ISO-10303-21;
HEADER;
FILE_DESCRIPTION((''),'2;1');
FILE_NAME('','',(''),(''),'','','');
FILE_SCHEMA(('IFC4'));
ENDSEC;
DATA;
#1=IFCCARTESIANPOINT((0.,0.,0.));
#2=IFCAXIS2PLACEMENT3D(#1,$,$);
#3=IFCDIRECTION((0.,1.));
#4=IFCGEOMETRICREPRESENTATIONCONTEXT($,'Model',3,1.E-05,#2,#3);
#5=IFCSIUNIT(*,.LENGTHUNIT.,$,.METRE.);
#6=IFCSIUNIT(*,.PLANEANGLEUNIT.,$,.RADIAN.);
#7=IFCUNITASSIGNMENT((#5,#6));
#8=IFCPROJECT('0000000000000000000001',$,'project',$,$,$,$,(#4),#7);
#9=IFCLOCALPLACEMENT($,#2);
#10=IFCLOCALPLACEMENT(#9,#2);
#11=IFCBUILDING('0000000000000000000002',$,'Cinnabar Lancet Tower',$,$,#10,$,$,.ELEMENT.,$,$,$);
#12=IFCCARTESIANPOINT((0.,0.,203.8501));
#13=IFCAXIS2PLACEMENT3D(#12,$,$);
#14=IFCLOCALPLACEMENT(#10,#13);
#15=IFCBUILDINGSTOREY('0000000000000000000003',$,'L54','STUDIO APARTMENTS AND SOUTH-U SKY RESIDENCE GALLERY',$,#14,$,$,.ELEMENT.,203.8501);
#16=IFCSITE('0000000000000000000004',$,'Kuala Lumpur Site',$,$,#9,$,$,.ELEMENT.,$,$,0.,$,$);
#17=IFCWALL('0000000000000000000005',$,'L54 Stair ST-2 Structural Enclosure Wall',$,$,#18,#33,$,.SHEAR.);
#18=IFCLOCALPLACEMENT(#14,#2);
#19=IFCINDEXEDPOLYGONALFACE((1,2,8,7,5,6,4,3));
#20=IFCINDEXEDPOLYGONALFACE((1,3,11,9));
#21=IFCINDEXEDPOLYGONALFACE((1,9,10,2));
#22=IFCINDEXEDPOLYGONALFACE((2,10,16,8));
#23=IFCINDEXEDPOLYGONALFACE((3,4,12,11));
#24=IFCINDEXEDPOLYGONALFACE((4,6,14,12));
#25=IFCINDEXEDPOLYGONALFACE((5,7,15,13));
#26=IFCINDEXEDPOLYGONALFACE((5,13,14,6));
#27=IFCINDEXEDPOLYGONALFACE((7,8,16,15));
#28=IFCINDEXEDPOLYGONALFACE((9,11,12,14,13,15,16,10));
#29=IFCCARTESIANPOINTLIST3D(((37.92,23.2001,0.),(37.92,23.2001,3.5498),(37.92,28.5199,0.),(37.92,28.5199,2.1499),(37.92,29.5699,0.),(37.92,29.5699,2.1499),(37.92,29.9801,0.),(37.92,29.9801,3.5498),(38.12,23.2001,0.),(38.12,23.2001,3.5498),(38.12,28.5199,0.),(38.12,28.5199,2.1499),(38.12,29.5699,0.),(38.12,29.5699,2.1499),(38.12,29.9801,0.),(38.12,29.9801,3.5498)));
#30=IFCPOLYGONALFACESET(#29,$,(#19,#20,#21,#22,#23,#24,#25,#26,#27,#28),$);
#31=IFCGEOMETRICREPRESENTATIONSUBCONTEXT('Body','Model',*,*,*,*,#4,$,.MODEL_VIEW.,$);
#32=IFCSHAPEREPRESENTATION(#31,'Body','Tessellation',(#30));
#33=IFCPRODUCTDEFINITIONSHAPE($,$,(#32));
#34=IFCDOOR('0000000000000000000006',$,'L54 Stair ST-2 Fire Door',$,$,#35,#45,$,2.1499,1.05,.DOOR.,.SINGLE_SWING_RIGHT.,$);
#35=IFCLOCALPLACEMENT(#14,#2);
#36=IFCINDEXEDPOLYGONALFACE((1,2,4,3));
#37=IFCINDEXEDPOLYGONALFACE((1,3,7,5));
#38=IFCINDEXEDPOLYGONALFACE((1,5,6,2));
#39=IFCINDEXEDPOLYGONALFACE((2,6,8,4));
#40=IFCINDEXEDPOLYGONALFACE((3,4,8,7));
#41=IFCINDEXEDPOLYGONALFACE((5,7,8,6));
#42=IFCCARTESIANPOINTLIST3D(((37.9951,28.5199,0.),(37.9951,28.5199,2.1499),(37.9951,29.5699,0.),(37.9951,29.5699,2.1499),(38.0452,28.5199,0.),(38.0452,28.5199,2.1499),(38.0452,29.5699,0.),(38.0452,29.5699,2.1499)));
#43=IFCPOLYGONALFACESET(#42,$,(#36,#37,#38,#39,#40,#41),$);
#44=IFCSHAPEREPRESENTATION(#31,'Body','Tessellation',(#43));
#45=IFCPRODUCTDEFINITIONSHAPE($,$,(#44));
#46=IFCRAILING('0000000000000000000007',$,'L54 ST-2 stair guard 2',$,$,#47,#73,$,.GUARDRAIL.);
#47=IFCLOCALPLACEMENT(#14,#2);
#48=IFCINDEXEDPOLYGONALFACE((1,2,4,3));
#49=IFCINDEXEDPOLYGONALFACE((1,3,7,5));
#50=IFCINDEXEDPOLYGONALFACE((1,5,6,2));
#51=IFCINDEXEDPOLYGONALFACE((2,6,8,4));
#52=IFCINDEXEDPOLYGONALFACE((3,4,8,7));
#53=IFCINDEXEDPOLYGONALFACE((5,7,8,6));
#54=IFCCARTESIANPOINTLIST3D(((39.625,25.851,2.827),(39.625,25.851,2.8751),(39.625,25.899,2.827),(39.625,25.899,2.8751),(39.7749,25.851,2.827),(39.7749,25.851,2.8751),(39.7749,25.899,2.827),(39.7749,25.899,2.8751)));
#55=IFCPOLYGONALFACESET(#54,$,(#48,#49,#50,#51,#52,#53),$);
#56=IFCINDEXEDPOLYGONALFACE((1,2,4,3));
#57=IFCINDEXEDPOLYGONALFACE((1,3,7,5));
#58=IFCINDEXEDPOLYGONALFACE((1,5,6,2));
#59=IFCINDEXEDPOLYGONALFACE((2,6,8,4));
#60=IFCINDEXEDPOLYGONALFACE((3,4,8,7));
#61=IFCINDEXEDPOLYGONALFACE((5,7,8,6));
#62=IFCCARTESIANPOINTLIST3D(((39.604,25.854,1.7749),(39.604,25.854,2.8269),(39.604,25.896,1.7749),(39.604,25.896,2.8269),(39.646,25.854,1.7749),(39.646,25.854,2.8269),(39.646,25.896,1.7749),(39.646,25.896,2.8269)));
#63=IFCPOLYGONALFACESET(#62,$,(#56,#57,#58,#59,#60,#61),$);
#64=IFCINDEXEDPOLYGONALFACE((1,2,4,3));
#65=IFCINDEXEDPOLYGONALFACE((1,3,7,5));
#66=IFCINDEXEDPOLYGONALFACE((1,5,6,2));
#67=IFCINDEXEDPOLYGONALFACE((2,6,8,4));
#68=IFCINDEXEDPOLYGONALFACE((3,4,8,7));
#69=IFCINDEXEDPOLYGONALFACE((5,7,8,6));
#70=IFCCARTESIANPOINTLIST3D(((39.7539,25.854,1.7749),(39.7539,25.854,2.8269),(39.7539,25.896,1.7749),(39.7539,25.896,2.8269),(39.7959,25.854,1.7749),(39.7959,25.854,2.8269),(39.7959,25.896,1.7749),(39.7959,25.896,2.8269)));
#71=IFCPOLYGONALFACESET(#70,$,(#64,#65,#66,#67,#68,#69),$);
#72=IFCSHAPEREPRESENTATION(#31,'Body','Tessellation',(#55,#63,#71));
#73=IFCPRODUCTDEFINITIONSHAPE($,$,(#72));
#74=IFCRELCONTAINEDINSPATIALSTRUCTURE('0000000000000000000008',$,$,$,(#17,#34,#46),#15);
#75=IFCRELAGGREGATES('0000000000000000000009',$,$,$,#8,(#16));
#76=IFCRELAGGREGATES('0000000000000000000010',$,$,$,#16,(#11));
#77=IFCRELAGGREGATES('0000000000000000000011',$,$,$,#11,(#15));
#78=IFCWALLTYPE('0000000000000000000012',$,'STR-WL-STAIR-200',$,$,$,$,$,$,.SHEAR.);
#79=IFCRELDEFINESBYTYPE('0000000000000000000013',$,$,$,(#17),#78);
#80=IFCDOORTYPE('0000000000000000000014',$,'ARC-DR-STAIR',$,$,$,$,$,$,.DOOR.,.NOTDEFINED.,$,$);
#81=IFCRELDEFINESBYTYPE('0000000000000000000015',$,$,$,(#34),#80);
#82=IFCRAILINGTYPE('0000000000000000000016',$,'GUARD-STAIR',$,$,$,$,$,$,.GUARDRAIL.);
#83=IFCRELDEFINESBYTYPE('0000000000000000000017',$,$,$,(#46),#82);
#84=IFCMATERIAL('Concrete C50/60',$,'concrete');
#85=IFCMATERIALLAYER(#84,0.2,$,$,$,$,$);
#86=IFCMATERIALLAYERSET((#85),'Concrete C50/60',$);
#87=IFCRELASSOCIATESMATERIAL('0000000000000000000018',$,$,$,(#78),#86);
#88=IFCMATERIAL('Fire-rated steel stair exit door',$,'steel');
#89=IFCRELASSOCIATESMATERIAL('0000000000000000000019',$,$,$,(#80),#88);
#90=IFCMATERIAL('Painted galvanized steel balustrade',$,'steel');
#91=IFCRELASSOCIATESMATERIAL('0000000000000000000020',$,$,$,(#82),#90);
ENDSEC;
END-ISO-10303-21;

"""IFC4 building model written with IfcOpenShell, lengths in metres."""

from ifc_helpers import new_model, si_unit, direction, frame, frame_2d, origin, origin_2d, place, context, subcontext, project, spatial, rectangle, extrude, material, layer, layer_set, type_object, element, fill, save


model = new_model("IFC4")

# Units and contexts
model_context = context("Model", 3, precision=1e-05, world=origin(), true_north=direction((0.0, 1.0)))
body_context = subcontext(model_context, "Body", "Model", "MODEL_VIEW")
ifc_project = project(units=[si_unit("LENGTHUNIT", "METRE"), si_unit("PLANEANGLEUNIT", "RADIAN")], contexts=[model_context])

# Site, building, storey
site_placement = place(None, origin())
site = spatial("IfcSite", under=ifc_project, at=site_placement, Name="Kuala Lumpur Site", CompositionType="ELEMENT", RefElevation=0.0)
building_placement = place(site_placement, origin())
building = spatial("IfcBuilding", under=site, at=building_placement, Name="Cinnabar Lancet Tower", CompositionType="ELEMENT")
storey_placement = place(building_placement, frame((0.0, 0.0, 203.8501)))
storey = spatial("IfcBuildingStorey", under=building, at=storey_placement, Name="L54", Description="STUDIO APARTMENTS AND SOUTH-U SKY RESIDENCE GALLERY", CompositionType="ELEMENT", Elevation=203.8501)

# Wall, opening, door
ifc_material_1 = material(Name="Concrete C50/60", Category="concrete")
ifc_layer_1 = layer(ifc_material_1, 0.2)
ifc_layer_set_1 = layer_set([ifc_layer_1], Name="Concrete C50/60")
wall_type_1 = type_object("IfcWallType", Name="STR-WL-STAIR-200", PredefinedType="SHEAR", material=ifc_layer_set_1)
wall_1_placement = place(storey_placement, frame((38.02, 23.2, 0.0), z_axis=(0.0, 0.0, 1.0), x_axis=(0.0, 1.0, 0.0)))
wall_1 = element("IfcWall", 1, at=wall_1_placement, inside=storey, type_object=wall_type_1, Name="L54 Stair ST-2 Structural Enclosure Wall", PredefinedType="SHEAR", context=body_context, shape_type="SweptSolid", body=[
    extrude(rectangle(XDim=6.78, YDim=0.2, at=frame_2d((3.3901, 0.0))), origin(), (0.0, 0.0, 1.0), 3.5498),
])
opening_1_placement = place(wall_1_placement, frame((5.3201, 0.0, 0.0)))
opening_1 = element("IfcOpeningElement", 2, at=opening_1_placement, cuts=wall_1, PredefinedType="OPENING", context=body_context, shape_type="SweptSolid", body=[
    extrude(rectangle(XDim=1.05, YDim=2.1499, at=frame_2d((0.5249, 1.075))), frame((0.0, 0.1099, 0.0), z_axis=(0.0, -1.0, 0.0), x_axis=(1.0, 0.0, 0.0)), (0.0, 0.0, 1.0), 0.22),
])
ifc_material_2 = material(Name="Fire-rated steel stair exit door", Category="steel")
door_type_1 = type_object("IfcDoorType", Name="ARC-DR-STAIR", OperationType="NOTDEFINED", PredefinedType="DOOR", material=ifc_material_2)
door_1_placement = place(opening_1_placement, origin())
door_1 = element("IfcDoor", 3, at=door_1_placement, inside=storey, type_object=door_type_1, Name="L54 Stair ST-2 Fire Door", OperationType="SINGLE_SWING_RIGHT", OverallHeight=2.1499, OverallWidth=1.05, PredefinedType="DOOR", context=body_context, shape_type="SweptSolid", body=[
    extrude(rectangle(XDim=1.05, YDim=2.1499, at=frame_2d((0.5249, 1.075))), frame((0.0, 0.0249, 0.0), z_axis=(0.0, -1.0, 0.0), x_axis=(1.0, 0.0, 0.0)), (0.0, 0.0, 1.0), 0.05),
])
fill(opening_1, door_1)

# Railing
ifc_material_3 = material(Name="Painted galvanized steel balustrade", Category="steel")
railing_type = type_object("IfcRailingType", Name="GUARD-STAIR", PredefinedType="GUARDRAIL", material=ifc_material_3)
railing_placement = place(storey_placement, frame((39.625, 25.875, 1.7749)))
element("IfcRailing", 4, at=railing_placement, inside=storey, type_object=railing_type, Name="L54 ST-2 stair guard 2", PredefinedType="GUARDRAIL", context=body_context, shape_type="SweptSolid", body=[
    extrude(rectangle(XDim=0.0481, YDim=0.0481, at=origin_2d()), frame((0.0, 0.0, 1.0762), z_axis=(1.0, 0.0, 0.0), x_axis=(0.0, 1.0, 0.0)), (0.0, 0.0, 1.0), 0.1499),
    extrude(rectangle(XDim=0.042, YDim=0.042, at=origin_2d()), origin(), (0.0, 0.0, 1.0), 1.052),
    extrude(rectangle(XDim=0.042, YDim=0.042, at=origin_2d()), frame((0.1499, 0.0, 0.0)), (0.0, 0.0, 1.0), 1.052),
])

save(model, "model.ifc")
